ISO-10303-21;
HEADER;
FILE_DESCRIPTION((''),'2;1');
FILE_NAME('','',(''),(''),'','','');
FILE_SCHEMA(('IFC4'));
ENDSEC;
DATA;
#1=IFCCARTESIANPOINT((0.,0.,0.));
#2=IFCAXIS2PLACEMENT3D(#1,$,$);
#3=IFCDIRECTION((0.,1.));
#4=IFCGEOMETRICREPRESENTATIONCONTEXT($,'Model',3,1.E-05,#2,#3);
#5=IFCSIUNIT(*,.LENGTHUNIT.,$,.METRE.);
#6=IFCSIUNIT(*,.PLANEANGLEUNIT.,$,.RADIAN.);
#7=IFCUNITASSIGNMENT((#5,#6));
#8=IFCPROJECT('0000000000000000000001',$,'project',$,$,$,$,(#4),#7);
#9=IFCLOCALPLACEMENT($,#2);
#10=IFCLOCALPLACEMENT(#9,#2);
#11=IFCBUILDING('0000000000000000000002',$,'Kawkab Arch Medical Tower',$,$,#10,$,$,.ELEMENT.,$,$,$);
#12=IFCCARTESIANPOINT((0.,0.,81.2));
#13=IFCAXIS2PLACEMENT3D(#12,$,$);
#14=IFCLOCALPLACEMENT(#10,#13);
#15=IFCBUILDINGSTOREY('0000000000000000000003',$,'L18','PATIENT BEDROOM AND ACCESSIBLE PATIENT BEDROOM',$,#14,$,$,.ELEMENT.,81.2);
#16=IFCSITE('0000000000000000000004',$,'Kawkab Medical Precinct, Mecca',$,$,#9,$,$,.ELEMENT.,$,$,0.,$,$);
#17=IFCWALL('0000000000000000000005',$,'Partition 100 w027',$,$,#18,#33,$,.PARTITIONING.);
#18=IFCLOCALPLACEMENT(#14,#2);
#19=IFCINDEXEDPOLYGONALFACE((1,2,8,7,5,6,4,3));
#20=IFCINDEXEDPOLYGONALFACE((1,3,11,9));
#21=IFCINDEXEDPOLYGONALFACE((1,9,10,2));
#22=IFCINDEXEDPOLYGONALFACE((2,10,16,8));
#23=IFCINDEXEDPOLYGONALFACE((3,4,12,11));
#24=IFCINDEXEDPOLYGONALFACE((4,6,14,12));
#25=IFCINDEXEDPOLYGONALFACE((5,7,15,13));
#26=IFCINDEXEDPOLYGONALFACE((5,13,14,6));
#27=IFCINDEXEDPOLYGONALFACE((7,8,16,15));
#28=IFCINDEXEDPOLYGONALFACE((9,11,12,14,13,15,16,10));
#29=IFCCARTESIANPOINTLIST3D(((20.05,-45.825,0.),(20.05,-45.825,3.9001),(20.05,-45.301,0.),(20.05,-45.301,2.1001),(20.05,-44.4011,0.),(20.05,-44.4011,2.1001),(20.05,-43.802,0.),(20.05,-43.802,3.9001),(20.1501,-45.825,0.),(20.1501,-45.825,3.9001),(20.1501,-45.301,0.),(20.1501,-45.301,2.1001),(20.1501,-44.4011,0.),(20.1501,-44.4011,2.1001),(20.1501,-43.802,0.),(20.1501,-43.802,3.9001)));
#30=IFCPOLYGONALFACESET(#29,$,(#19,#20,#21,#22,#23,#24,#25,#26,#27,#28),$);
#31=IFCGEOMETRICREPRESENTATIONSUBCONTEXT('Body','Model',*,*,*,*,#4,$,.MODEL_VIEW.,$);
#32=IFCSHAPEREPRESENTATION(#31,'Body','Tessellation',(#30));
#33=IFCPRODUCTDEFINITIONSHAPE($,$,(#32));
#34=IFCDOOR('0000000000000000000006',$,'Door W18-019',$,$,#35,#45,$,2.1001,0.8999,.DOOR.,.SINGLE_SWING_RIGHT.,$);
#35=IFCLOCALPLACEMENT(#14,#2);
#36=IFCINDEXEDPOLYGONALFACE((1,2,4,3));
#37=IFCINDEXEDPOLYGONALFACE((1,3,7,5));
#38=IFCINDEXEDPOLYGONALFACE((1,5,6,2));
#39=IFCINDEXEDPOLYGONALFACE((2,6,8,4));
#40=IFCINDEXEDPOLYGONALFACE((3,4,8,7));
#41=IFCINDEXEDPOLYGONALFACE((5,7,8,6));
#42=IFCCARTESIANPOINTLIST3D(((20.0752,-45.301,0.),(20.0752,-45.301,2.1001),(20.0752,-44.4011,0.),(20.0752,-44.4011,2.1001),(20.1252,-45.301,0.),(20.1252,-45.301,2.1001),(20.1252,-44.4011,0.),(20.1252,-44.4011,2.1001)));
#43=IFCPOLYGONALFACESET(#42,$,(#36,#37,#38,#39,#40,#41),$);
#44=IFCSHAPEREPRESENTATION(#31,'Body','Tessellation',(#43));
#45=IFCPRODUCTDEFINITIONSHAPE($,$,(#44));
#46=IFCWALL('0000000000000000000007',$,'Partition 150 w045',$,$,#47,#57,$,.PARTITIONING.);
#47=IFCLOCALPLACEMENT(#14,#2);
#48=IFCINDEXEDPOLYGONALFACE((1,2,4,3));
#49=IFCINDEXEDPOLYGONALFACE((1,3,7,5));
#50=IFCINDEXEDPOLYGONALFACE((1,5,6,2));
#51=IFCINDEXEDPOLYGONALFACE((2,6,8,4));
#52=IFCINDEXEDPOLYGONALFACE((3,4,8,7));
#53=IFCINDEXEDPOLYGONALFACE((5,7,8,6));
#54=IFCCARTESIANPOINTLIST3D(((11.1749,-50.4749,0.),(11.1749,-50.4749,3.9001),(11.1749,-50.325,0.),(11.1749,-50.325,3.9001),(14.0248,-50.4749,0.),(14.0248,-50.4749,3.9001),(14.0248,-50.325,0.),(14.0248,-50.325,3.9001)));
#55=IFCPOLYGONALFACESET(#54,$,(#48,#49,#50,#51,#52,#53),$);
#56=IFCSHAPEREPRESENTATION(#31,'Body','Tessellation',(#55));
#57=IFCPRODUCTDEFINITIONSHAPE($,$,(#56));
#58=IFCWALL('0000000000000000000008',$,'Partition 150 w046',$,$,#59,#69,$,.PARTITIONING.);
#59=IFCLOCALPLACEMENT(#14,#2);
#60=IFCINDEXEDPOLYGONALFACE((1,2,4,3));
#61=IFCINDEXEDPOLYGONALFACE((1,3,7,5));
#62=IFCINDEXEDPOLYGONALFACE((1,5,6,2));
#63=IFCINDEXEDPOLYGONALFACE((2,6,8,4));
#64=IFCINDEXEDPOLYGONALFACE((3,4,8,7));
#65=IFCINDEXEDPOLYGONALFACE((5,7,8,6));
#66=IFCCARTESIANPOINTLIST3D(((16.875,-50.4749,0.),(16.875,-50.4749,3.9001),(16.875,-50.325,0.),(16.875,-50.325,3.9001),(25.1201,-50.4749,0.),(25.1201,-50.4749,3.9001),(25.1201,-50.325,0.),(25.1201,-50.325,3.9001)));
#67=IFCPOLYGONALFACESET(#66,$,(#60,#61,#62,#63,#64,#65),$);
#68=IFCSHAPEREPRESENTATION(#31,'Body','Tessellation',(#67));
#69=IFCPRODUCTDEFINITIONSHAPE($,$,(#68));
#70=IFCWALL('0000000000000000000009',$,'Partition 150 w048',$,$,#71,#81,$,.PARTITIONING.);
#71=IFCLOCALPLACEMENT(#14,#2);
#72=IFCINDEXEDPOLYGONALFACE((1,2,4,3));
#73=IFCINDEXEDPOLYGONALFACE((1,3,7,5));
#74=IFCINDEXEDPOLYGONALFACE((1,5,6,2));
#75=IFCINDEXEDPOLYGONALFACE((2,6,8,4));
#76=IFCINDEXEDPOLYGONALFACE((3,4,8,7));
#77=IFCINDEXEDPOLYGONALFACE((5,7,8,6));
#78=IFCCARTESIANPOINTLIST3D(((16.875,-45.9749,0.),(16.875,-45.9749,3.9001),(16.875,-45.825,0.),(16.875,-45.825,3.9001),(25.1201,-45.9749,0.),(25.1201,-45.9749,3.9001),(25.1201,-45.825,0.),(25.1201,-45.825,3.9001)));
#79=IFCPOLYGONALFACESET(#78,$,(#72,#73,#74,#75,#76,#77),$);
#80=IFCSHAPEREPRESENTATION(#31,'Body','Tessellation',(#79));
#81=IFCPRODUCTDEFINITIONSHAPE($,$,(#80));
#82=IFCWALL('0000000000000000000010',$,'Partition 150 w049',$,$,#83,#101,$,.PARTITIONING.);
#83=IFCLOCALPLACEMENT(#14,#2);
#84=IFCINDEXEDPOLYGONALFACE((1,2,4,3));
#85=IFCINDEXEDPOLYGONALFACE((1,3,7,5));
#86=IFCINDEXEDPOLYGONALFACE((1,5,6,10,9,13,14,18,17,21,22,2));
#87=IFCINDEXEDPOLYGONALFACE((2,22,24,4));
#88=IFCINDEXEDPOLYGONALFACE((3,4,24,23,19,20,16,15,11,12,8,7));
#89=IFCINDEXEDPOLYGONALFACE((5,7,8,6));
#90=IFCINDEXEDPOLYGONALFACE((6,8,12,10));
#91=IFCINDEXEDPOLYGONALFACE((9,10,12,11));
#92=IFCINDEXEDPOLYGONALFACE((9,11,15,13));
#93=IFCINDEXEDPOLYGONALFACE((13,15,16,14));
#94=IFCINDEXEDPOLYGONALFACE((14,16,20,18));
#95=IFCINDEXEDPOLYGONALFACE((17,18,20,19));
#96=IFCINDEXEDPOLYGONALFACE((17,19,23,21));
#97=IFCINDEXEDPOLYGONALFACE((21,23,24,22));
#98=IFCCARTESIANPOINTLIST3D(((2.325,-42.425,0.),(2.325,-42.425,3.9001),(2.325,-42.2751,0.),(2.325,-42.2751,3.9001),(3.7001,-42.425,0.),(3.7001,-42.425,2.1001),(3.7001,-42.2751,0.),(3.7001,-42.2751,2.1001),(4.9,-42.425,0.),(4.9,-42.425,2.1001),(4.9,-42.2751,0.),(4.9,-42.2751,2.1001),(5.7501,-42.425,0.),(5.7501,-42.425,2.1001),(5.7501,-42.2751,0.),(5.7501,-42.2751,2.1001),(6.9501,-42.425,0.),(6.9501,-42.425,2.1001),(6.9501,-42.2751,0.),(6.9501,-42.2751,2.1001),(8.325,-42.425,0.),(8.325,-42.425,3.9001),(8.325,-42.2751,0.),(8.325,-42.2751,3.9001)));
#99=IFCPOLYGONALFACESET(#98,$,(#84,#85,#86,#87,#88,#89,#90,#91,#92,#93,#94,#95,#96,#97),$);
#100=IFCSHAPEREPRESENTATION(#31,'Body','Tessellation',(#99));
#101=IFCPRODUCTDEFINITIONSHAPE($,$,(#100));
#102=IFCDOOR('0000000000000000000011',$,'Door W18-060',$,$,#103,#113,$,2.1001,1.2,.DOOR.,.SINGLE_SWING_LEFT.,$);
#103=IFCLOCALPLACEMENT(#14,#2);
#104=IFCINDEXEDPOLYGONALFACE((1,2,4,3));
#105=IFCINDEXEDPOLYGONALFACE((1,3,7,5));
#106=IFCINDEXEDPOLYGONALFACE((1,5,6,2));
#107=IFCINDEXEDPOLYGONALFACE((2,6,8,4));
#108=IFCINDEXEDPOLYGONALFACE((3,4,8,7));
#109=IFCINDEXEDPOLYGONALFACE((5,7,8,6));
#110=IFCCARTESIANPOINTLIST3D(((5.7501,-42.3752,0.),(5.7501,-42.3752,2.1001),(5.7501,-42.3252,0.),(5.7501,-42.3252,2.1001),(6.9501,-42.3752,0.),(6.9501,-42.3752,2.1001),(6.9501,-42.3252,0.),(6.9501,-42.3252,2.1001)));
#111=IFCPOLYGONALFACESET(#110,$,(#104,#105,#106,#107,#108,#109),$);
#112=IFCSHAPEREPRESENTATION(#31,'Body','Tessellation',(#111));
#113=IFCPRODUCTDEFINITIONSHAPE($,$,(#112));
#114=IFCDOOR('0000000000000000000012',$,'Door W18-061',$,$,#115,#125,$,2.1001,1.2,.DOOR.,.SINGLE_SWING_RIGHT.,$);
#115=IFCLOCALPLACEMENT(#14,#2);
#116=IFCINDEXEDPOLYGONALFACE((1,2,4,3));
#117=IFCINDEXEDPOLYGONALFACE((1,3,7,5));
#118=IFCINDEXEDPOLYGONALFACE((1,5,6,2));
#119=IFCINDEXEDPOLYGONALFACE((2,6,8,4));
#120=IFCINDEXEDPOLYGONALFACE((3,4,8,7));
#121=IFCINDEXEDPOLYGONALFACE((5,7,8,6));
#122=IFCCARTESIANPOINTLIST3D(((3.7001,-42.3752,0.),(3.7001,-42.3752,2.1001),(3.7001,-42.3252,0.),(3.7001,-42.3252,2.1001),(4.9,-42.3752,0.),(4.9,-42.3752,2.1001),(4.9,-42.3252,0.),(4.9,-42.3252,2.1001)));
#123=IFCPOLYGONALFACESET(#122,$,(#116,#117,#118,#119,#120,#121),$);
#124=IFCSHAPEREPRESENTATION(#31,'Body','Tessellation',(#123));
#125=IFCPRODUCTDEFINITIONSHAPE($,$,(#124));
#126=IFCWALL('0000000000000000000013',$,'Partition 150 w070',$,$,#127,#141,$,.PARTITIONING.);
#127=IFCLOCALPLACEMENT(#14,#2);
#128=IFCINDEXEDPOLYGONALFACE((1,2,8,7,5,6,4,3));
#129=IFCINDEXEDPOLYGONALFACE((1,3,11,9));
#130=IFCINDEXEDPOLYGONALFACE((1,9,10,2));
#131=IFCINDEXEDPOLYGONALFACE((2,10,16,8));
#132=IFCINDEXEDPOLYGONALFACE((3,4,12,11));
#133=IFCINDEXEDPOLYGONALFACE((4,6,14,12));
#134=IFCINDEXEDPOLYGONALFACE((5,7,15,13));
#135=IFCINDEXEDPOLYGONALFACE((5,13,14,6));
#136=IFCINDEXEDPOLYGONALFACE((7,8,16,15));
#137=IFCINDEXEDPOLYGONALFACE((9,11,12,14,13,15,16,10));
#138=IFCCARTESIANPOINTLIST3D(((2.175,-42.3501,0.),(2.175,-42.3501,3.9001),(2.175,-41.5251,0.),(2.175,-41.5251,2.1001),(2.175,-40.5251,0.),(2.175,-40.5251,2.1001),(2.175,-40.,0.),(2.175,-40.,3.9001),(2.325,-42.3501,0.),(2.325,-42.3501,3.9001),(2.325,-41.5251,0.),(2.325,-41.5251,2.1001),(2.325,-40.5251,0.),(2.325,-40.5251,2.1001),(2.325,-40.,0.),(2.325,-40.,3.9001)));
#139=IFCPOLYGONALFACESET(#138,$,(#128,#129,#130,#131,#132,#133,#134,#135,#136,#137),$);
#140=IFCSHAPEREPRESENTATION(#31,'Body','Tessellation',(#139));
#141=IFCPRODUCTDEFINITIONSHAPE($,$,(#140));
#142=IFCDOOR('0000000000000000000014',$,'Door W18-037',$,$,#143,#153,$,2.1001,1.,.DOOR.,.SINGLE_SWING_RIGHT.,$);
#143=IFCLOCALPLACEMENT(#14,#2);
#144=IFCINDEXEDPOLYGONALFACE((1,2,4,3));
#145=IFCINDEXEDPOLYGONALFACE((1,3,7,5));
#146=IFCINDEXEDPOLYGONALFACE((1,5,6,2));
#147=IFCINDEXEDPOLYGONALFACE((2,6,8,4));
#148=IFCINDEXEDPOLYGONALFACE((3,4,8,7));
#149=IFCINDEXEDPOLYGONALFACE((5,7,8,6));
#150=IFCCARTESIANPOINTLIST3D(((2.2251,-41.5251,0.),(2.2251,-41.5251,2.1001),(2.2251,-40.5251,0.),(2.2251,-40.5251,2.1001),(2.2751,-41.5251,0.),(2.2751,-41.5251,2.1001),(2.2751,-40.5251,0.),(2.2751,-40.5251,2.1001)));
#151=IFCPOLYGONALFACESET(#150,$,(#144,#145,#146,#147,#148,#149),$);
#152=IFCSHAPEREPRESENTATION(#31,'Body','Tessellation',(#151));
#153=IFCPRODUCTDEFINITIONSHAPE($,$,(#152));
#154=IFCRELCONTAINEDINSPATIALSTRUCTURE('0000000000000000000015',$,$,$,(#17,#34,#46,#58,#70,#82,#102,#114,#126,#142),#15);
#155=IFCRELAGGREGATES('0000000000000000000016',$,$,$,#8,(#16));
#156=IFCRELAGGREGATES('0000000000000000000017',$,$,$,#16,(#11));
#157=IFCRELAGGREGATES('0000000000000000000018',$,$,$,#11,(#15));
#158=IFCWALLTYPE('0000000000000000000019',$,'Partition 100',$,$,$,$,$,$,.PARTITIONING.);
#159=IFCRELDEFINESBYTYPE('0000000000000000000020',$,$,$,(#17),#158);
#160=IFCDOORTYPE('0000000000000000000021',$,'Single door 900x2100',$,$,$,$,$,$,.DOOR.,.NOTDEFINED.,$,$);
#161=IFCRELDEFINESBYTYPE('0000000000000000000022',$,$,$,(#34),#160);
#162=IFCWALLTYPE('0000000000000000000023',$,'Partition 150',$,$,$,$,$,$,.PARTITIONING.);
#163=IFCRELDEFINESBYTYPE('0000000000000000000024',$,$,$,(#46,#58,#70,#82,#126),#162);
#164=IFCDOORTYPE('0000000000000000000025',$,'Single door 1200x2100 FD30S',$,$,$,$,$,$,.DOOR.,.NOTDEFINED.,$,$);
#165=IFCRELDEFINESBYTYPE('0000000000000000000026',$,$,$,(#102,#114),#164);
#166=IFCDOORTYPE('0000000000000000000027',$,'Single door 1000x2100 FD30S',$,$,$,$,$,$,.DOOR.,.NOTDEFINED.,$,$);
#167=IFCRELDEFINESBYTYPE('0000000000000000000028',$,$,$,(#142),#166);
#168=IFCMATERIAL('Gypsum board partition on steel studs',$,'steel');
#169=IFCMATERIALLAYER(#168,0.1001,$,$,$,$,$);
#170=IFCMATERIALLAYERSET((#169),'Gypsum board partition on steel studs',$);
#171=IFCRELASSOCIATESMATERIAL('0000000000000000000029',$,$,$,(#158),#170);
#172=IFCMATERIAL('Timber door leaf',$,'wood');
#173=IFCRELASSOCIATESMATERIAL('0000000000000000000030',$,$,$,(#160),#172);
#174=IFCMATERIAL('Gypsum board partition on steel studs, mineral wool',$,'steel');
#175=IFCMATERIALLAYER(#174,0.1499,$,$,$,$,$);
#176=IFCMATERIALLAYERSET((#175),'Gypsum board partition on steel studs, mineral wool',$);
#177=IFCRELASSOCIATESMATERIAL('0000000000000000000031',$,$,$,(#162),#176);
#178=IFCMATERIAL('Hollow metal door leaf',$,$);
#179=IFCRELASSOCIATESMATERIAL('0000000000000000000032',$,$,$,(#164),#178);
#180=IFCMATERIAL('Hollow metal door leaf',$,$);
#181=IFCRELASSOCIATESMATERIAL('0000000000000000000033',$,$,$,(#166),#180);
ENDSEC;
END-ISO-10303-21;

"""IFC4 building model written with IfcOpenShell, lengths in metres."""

from ifc_helpers import new_model, si_unit, direction, frame, frame_2d, origin, place, context, subcontext, project, spatial, rectangle, extrude, material, layer, layer_set, type_object, element, fill, save


model = new_model("IFC4")

# Units and contexts
model_context = context("Model", 3, precision=1e-05, world=origin(), true_north=direction((0.0, 1.0)))
body_context = subcontext(model_context, "Body", "Model", "MODEL_VIEW")
ifc_project = project(units=[si_unit("LENGTHUNIT", "METRE"), si_unit("PLANEANGLEUNIT", "RADIAN")], contexts=[model_context])

# Site, building, storey
site_placement = place(None, origin())
site = spatial("IfcSite", under=ifc_project, at=site_placement, Name="Kawkab Medical Precinct, Mecca", CompositionType="ELEMENT", RefElevation=0.0)
building_placement = place(site_placement, origin())
building = spatial("IfcBuilding", under=site, at=building_placement, Name="Kawkab Arch Medical Tower", CompositionType="ELEMENT")
storey_placement = place(building_placement, frame((0.0, 0.0, 81.2)))
storey = spatial("IfcBuildingStorey", under=building, at=storey_placement, Name="L18", Description="PATIENT BEDROOM AND ACCESSIBLE PATIENT BEDROOM", CompositionType="ELEMENT", Elevation=81.2)

# Shared definitions
ifc_material_1 = material(Name="Gypsum board partition on steel studs", Category="steel")
ifc_layer_1 = layer(ifc_material_1, 0.1001)
ifc_layer_set_1 = layer_set([ifc_layer_1], Name="Gypsum board partition on steel studs")
wall_type_1 = type_object("IfcWallType", Name="Partition 100", PredefinedType="PARTITIONING", material=ifc_layer_set_1)

# Wall, opening, door
ifc_material_2 = material(Name="Timber door leaf", Category="wood")
door_type_1 = type_object("IfcDoorType", Name="Single door 900x2100", OperationType="NOTDEFINED", PredefinedType="DOOR", material=ifc_material_2)
wall_1_placement = place(storey_placement, frame((20.1001, -45.825, 0.0), z_axis=(0.0, 0.0, 1.0), x_axis=(0.0, 1.0, 0.0)))
wall_1 = element("IfcWall", 1, at=wall_1_placement, inside=storey, type_object=wall_type_1, Name="Partition 100 w027", PredefinedType="PARTITIONING", context=body_context, shape_type="SweptSolid", body=[
    extrude(rectangle(XDim=2.0229, YDim=0.1001, at=frame_2d((1.0115, 0.0))), origin(), (0.0, 0.0, 1.0), 3.9001),
])
opening_1_placement = place(wall_1_placement, frame((0.5239, 0.0, 0.0)))
opening_1 = element("IfcOpeningElement", 2, at=opening_1_placement, cuts=wall_1, PredefinedType="OPENING", context=body_context, shape_type="SweptSolid", body=[
    extrude(rectangle(XDim=0.8999, YDim=2.1001, at=frame_2d((0.45, 1.05))), frame((0.0, 0.0601, 0.0), z_axis=(0.0, -1.0, 0.0), x_axis=(1.0, 0.0, 0.0)), (0.0, 0.0, 1.0), 0.1201),
])
door_1_placement = place(opening_1_placement, origin())
door_1 = element("IfcDoor", 3, at=door_1_placement, inside=storey, type_object=door_type_1, Name="Door W18-019", OperationType="SINGLE_SWING_RIGHT", OverallHeight=2.1001, OverallWidth=0.8999, PredefinedType="DOOR", context=body_context, shape_type="SweptSolid", body=[
    extrude(rectangle(XDim=0.8999, YDim=2.1001, at=frame_2d((0.45, 1.05))), frame((0.0, 0.0249, 0.0), z_axis=(0.0, -1.0, 0.0), x_axis=(1.0, 0.0, 0.0)), (0.0, 0.0, 1.0), 0.05),
])
fill(opening_1, door_1)

# Walls
ifc_material_3 = material(Name="Gypsum board partition on steel studs, mineral wool", Category="steel")
ifc_layer_2 = layer(ifc_material_3, 0.1499)
ifc_layer_set_2 = layer_set([ifc_layer_2], Name="Gypsum board partition on steel studs, mineral wool")
wall_type_2 = type_object("IfcWallType", Name="Partition 150", PredefinedType="PARTITIONING", material=ifc_layer_set_2)
wall_2_placement = place(storey_placement, frame((11.175, -50.3999, 0.0), z_axis=(0.0, 0.0, 1.0), x_axis=(1.0, 0.0, 0.0)))
element("IfcWall", 4, at=wall_2_placement, inside=storey, type_object=wall_type_2, Name="Partition 150 w045", PredefinedType="PARTITIONING", context=body_context, shape_type="SweptSolid", body=[
    extrude(rectangle(XDim=2.8499, YDim=0.1499, at=frame_2d((1.4248, 0.0))), origin(), (0.0, 0.0, 1.0), 3.9001),
])
for number, where, z_axis, x_axis, name in (
    (5, (16.875, -50.3999, 0.0), (0.0, 0.0, 1.0), (1.0, 0.0, 0.0), "Partition 150 w046"),
    (6, (16.875, -45.8999, 0.0), (0.0, 0.0, 1.0), (1.0, 0.0, 0.0), "Partition 150 w048"),
):
    element("IfcWall", number, at=place(storey_placement, frame(where, z_axis=z_axis, x_axis=x_axis)), inside=storey, type_object=wall_type_2, Name=name, PredefinedType="PARTITIONING", context=body_context, shape_type="SweptSolid", body=[
        extrude(rectangle(XDim=8.2451, YDim=0.1499, at=frame_2d((4.1226, 0.0))), origin(), (0.0, 0.0, 1.0), 3.9001),
    ])

# Wall, openings, doors
wall_3_placement = place(storey_placement, frame((2.325, -42.3501, 0.0), z_axis=(0.0, 0.0, 1.0), x_axis=(1.0, 0.0, 0.0)))
wall_3 = element("IfcWall", 7, at=wall_3_placement, inside=storey, type_object=wall_type_2, Name="Partition 150 w049", PredefinedType="PARTITIONING", context=body_context, shape_type="SweptSolid", body=[
    extrude(rectangle(XDim=6.0, YDim=0.1499, at=frame_2d((3.0, 0.0))), origin(), (0.0, 0.0, 1.0), 3.9001),
])
opening_2_placement = place(wall_3_placement, frame((3.425, 0.0, 0.0)))
opening_2 = element("IfcOpeningElement", 8, at=opening_2_placement, cuts=wall_3, PredefinedType="OPENING", context=body_context, shape_type="SweptSolid", body=[
    extrude(rectangle(XDim=1.2, YDim=2.1001, at=frame_2d((0.6001, 1.05))), frame((0.0, 0.085, 0.0), z_axis=(0.0, -1.0, 0.0), x_axis=(1.0, 0.0, 0.0)), (0.0, 0.0, 1.0), 0.1699),
])
opening_3_placement = place(wall_3_placement, frame((1.375, 0.0, 0.0)))
opening_3 = element("IfcOpeningElement", 9, at=opening_3_placement, cuts=wall_3, PredefinedType="OPENING", context=body_context, shape_type="SweptSolid", body=[
    extrude(rectangle(XDim=1.2, YDim=2.1001, at=frame_2d((0.6001, 1.05))), frame((0.0, 0.085, 0.0), z_axis=(0.0, -1.0, 0.0), x_axis=(1.0, 0.0, 0.0)), (0.0, 0.0, 1.0), 0.1699),
])
ifc_material_4 = material(Name="Hollow metal door leaf")
door_type_2 = type_object("IfcDoorType", Name="Single door 1200x2100 FD30S", OperationType="NOTDEFINED", PredefinedType="DOOR", material=ifc_material_4)
door_2_placement = place(opening_2_placement, origin())
door_2 = element("IfcDoor", 10, at=door_2_placement, inside=storey, type_object=door_type_2, Name="Door W18-060", OperationType="SINGLE_SWING_LEFT", OverallHeight=2.1001, OverallWidth=1.2, PredefinedType="DOOR", context=body_context, shape_type="SweptSolid", body=[
    extrude(rectangle(XDim=1.2, YDim=2.1001, at=frame_2d((0.6001, 1.05))), frame((0.0, 0.0249, 0.0), z_axis=(0.0, -1.0, 0.0), x_axis=(1.0, 0.0, 0.0)), (0.0, 0.0, 1.0), 0.05),
])
fill(opening_2, door_2)
door_3_placement = place(opening_3_placement, origin())
door_3 = element("IfcDoor", 11, at=door_3_placement, inside=storey, type_object=door_type_2, Name="Door W18-061", OperationType="SINGLE_SWING_RIGHT", OverallHeight=2.1001, OverallWidth=1.2, PredefinedType="DOOR", context=body_context, shape_type="SweptSolid", body=[
    extrude(rectangle(XDim=1.2, YDim=2.1001, at=frame_2d((0.6001, 1.05))), frame((0.0, 0.0249, 0.0), z_axis=(0.0, -1.0, 0.0), x_axis=(1.0, 0.0, 0.0)), (0.0, 0.0, 1.0), 0.05),
])
fill(opening_3, door_3)

# Wall, opening, door
wall_4_placement = place(storey_placement, frame((2.25, -42.3501, 0.0), z_axis=(0.0, 0.0, 1.0), x_axis=(0.0, 1.0, 0.0)))
wall_4 = element("IfcWall", 12, at=wall_4_placement, inside=storey, type_object=wall_type_2, Name="Partition 150 w070", PredefinedType="PARTITIONING", context=body_context, shape_type="SweptSolid", body=[
    extrude(rectangle(XDim=2.3501, YDim=0.1499, at=frame_2d((1.175, 0.0))), origin(), (0.0, 0.0, 1.0), 3.9001),
])
opening_4_placement = place(wall_4_placement, frame((0.825, 0.0, 0.0)))
opening_4 = element("IfcOpeningElement", 13, at=opening_4_placement, cuts=wall_4, PredefinedType="OPENING", context=body_context, shape_type="SweptSolid", body=[
    extrude(rectangle(XDim=1.0, YDim=2.1001, at=frame_2d((0.5, 1.05))), frame((0.0, 0.085, 0.0), z_axis=(0.0, -1.0, 0.0), x_axis=(1.0, 0.0, 0.0)), (0.0, 0.0, 1.0), 0.1699),
])
ifc_material_5 = material(Name="Hollow metal door leaf")
door_type_3 = type_object("IfcDoorType", Name="Single door 1000x2100 FD30S", OperationType="NOTDEFINED", PredefinedType="DOOR", material=ifc_material_5)
door_4_placement = place(opening_4_placement, origin())
door_4 = element("IfcDoor", 14, at=door_4_placement, inside=storey, type_object=door_type_3, Name="Door W18-037", OperationType="SINGLE_SWING_RIGHT", OverallHeight=2.1001, OverallWidth=1.0, PredefinedType="DOOR", context=body_context, shape_type="SweptSolid", body=[
    extrude(rectangle(XDim=1.0, YDim=2.1001, at=frame_2d((0.5, 1.05))), frame((0.0, 0.0249, 0.0), z_axis=(0.0, -1.0, 0.0), x_axis=(1.0, 0.0, 0.0)), (0.0, 0.0, 1.0), 0.05),
])
fill(opening_4, door_4)

save(model, "model.ifc")
